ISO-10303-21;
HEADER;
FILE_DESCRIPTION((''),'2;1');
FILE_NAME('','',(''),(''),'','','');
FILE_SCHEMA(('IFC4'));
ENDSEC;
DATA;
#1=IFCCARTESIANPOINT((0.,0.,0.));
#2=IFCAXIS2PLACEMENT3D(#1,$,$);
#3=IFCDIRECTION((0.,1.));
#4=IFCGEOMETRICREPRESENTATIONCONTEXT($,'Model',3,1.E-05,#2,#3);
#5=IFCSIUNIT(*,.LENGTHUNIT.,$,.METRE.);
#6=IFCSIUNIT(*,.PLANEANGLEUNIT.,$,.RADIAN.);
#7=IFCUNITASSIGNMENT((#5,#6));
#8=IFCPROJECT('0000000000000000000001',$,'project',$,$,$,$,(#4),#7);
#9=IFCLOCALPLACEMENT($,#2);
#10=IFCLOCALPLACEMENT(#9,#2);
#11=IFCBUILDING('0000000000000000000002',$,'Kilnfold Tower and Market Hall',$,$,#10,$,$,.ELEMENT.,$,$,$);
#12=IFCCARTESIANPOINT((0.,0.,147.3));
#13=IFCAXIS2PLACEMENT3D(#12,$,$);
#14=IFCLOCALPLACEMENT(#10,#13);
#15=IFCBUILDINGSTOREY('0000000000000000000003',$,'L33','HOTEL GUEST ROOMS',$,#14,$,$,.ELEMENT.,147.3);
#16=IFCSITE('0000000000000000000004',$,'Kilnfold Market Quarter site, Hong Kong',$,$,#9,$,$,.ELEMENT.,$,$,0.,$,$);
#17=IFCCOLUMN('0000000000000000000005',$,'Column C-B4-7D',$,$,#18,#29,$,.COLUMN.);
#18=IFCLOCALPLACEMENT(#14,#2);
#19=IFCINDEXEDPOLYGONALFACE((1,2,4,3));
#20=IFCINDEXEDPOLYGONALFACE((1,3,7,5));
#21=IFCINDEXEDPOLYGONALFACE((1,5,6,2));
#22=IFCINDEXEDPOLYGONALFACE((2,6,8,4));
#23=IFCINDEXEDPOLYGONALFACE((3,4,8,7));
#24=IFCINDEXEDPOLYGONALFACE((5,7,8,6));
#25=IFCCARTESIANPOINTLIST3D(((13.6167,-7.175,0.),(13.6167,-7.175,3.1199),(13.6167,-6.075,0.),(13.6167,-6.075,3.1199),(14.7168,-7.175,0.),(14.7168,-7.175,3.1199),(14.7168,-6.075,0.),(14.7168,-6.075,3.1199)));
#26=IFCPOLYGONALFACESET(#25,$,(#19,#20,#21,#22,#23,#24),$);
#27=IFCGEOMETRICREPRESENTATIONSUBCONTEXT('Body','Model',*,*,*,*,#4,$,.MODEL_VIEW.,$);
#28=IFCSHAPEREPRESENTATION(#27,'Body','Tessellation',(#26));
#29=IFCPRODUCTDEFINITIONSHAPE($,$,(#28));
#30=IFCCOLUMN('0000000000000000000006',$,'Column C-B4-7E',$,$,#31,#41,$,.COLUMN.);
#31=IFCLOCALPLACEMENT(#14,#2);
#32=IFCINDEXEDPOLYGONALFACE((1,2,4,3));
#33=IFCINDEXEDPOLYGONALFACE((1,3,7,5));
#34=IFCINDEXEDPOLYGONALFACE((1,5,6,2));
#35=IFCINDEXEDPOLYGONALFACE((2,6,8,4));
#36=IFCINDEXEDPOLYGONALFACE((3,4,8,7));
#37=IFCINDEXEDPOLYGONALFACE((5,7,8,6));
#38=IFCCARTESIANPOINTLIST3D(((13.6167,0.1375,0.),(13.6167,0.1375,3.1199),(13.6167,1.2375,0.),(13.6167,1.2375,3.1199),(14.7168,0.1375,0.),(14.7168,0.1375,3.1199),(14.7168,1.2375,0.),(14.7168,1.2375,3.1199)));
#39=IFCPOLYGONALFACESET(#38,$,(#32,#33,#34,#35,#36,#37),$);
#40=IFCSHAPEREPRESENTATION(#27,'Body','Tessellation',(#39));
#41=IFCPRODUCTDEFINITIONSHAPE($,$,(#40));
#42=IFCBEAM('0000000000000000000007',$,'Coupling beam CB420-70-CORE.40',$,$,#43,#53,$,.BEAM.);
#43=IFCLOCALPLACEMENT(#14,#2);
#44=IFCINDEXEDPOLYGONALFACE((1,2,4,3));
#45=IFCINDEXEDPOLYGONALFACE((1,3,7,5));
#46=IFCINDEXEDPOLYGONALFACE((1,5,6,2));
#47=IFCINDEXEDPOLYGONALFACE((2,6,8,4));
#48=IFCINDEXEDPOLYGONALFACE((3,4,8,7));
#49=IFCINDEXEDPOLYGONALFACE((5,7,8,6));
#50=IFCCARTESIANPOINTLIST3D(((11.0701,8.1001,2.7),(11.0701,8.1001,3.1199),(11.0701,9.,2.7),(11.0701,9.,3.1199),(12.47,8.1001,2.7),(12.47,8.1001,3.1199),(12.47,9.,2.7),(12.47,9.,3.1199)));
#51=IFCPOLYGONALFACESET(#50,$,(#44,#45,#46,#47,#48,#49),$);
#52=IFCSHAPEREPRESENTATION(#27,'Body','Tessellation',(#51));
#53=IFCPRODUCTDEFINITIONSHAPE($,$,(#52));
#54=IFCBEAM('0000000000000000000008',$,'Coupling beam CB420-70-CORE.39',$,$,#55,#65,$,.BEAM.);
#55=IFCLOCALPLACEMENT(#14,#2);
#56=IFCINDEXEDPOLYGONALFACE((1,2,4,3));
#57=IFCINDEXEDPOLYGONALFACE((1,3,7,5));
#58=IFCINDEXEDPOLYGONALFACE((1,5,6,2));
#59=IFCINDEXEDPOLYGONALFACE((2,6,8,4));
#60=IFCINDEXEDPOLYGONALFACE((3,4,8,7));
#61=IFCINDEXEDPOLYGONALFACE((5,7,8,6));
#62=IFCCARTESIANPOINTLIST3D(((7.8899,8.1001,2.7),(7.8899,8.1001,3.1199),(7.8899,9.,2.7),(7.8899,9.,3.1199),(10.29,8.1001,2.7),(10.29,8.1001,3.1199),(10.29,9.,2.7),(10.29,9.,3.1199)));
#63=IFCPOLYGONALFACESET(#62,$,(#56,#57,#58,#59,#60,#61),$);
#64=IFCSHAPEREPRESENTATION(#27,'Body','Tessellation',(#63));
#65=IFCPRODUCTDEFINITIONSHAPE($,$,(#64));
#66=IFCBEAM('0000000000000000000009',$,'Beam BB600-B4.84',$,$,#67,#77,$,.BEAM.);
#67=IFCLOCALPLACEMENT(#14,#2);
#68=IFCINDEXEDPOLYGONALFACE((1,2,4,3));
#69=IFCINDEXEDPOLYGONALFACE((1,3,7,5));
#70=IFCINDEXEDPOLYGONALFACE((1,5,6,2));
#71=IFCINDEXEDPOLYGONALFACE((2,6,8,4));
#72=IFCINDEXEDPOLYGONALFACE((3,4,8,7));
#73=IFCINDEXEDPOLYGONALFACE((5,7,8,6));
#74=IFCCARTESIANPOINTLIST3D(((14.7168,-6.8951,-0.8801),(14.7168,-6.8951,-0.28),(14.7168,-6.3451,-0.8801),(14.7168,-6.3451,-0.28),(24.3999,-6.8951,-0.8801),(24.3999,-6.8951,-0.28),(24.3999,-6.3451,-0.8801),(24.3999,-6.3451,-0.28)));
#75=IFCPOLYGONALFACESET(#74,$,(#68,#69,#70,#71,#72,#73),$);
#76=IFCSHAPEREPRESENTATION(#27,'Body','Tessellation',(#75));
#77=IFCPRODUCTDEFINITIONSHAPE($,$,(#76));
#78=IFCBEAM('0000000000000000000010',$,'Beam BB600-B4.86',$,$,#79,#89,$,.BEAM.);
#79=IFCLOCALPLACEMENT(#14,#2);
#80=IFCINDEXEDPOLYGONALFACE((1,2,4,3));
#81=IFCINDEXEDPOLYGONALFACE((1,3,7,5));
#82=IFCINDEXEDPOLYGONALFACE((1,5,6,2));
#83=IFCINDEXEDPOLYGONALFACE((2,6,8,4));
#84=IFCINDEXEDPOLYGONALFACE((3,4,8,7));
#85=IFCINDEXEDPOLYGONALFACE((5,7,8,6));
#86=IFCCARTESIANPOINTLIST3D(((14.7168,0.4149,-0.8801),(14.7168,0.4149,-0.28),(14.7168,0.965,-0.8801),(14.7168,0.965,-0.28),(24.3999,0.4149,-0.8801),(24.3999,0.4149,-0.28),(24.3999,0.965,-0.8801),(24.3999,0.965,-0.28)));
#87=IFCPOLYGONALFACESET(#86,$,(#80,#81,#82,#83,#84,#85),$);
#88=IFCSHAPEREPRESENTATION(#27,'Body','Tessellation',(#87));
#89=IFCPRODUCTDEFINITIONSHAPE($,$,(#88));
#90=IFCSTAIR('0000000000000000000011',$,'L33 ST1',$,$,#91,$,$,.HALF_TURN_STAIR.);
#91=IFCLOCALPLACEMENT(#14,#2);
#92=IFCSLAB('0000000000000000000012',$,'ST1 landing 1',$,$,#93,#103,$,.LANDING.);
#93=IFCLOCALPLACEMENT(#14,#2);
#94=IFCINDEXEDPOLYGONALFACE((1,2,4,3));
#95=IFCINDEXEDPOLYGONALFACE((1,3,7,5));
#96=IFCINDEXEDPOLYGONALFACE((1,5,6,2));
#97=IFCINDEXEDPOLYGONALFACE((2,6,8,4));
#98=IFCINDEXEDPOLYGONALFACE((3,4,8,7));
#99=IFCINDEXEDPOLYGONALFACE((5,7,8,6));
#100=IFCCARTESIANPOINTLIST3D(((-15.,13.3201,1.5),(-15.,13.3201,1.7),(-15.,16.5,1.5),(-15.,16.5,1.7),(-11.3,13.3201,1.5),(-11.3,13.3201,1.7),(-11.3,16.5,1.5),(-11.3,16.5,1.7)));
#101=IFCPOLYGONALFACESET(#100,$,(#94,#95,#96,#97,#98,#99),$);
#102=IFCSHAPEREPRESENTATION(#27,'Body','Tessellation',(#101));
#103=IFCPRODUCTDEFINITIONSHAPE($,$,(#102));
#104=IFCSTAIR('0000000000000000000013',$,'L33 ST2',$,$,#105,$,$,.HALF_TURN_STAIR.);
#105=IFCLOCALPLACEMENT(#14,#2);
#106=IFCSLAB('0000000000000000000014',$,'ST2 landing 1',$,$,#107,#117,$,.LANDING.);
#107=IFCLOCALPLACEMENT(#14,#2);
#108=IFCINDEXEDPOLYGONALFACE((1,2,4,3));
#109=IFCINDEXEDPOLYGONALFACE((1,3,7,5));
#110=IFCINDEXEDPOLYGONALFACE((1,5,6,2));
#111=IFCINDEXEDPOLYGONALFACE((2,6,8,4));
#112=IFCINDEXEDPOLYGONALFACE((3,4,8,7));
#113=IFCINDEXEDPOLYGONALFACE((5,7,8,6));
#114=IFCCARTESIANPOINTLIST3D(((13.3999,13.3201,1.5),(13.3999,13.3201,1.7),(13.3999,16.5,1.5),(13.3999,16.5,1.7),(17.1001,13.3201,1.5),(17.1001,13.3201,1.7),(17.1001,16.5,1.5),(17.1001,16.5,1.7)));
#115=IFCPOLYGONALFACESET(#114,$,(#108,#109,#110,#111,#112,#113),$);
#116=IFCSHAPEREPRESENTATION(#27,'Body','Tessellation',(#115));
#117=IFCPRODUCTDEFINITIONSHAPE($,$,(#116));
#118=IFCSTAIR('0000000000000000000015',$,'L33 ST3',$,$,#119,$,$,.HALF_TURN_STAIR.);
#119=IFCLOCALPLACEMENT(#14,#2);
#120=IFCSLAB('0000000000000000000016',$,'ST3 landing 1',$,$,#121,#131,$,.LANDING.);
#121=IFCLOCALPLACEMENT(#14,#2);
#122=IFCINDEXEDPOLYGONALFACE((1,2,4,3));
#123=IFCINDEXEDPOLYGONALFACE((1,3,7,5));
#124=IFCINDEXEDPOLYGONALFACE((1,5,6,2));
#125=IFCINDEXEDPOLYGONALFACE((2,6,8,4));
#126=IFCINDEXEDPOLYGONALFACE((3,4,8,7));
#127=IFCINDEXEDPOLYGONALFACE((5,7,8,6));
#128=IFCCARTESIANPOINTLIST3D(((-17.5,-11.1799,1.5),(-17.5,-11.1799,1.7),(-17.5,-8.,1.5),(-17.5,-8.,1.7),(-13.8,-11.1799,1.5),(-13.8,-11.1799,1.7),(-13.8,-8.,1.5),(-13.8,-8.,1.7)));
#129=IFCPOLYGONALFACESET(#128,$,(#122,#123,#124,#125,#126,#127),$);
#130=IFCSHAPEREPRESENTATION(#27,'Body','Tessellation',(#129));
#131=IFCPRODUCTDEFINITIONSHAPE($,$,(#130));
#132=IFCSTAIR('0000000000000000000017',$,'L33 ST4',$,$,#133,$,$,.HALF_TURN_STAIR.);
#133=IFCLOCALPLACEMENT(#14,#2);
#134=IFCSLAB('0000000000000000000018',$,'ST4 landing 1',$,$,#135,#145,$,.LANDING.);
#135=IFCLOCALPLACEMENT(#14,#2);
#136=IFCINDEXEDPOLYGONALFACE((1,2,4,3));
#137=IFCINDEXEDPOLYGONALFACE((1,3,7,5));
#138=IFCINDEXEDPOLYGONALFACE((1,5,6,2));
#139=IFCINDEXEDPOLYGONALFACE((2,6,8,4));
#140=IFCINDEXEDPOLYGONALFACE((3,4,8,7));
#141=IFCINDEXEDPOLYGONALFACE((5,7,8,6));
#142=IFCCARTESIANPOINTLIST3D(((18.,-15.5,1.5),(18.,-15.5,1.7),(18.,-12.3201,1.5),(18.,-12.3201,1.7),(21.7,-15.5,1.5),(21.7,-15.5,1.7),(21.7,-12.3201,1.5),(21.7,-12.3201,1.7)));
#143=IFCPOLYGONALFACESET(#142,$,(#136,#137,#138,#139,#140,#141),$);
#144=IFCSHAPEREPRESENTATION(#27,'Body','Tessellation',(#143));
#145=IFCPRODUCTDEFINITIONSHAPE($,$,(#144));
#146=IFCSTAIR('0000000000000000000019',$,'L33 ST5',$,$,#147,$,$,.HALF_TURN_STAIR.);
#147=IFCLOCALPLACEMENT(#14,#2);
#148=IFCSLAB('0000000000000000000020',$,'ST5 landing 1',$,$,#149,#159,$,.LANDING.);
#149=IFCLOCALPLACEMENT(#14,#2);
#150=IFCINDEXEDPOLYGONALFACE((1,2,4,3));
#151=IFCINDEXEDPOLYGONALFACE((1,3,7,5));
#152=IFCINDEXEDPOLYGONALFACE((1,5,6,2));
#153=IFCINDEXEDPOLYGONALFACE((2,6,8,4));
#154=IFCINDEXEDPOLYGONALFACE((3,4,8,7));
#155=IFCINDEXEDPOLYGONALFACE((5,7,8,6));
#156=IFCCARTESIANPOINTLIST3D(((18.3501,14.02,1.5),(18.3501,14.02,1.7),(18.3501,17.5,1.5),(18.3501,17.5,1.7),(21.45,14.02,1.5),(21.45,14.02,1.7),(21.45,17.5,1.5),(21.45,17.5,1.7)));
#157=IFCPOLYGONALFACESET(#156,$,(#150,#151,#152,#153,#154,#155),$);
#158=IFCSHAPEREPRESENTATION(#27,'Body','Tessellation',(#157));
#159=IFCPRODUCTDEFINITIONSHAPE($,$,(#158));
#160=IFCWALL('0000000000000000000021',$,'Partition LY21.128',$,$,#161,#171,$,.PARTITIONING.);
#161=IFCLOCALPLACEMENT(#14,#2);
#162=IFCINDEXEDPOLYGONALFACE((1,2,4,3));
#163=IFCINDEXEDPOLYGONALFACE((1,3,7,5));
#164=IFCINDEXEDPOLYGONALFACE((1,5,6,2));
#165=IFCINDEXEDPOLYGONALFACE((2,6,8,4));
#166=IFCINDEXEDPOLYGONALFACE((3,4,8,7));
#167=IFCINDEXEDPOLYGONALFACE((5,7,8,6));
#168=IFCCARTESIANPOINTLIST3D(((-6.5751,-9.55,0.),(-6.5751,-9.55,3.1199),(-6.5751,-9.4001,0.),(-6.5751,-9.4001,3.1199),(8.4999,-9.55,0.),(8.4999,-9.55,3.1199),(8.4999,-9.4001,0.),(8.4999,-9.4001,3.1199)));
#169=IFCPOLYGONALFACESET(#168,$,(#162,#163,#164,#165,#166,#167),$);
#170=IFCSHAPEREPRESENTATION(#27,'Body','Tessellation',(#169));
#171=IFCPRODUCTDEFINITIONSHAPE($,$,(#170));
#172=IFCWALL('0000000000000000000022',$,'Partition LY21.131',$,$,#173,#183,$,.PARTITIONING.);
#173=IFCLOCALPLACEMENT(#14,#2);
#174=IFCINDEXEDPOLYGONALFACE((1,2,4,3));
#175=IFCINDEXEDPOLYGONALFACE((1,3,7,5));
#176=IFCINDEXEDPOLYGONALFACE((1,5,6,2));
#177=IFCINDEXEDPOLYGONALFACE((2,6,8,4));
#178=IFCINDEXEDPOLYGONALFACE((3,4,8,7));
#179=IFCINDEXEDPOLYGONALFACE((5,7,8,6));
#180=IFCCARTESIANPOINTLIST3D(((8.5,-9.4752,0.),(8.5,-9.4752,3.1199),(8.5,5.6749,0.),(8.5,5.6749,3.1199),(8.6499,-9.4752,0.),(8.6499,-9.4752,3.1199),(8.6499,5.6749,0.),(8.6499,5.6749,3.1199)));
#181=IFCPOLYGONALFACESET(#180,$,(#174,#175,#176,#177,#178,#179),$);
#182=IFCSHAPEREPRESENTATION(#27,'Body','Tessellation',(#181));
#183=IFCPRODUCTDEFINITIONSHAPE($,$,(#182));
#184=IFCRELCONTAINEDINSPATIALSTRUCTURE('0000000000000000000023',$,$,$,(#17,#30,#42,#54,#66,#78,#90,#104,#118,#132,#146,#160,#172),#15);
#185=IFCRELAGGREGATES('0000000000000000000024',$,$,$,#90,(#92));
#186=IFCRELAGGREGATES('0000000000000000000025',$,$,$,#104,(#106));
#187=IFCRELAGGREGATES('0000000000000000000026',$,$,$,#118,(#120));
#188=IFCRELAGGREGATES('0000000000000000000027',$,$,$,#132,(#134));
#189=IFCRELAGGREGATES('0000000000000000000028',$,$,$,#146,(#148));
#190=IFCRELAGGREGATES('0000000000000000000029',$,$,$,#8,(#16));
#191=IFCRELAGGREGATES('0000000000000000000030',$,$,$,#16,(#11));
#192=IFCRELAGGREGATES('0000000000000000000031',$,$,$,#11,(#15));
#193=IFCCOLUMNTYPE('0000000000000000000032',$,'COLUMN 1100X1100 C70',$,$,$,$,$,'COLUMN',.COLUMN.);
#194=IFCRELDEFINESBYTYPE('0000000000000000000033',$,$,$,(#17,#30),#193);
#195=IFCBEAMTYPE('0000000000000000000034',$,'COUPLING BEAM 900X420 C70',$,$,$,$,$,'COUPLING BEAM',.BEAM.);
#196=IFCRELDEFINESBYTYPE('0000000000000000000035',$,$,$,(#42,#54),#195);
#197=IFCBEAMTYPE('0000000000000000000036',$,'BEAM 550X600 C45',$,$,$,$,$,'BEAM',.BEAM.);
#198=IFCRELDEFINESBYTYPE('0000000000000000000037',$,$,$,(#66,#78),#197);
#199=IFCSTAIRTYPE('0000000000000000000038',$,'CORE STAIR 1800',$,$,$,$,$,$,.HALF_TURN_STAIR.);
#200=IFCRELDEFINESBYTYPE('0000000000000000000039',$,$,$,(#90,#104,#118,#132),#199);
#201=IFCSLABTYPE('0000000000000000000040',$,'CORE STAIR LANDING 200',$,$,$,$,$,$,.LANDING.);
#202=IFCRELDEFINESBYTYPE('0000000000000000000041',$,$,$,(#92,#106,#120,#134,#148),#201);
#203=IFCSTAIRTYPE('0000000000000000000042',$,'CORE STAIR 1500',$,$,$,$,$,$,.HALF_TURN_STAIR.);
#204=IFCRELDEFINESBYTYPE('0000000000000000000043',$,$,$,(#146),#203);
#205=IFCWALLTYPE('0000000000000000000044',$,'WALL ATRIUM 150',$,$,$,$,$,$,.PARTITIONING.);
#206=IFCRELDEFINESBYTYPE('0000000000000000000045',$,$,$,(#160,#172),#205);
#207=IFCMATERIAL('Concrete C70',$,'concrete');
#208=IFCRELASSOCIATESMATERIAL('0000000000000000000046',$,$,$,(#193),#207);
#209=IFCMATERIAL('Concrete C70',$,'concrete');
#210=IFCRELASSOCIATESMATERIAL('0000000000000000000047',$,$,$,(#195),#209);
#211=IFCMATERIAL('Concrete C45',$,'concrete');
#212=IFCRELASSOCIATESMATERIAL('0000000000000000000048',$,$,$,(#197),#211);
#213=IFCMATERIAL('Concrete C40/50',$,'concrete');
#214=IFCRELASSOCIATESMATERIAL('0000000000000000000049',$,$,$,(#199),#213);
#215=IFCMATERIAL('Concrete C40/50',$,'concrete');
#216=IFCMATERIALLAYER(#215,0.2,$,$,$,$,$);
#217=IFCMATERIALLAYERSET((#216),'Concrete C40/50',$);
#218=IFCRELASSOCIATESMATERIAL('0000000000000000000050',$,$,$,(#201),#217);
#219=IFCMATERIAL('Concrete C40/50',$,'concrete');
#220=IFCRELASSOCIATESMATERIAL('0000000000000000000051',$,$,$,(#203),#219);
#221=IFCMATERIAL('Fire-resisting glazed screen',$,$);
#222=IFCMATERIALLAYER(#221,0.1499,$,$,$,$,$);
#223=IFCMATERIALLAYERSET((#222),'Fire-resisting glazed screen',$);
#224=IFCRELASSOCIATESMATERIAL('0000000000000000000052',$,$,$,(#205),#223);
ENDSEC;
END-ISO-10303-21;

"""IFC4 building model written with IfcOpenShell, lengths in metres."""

from ifc_helpers import new_model, si_unit, direction, frame, frame_2d, origin, origin_2d, place, context, subcontext, project, spatial, polyline, rectangle, outline, extrude, source, transform, mapped, material, layer, layer_set, material_profile, profile_set, type_object, element, aggregate, save


model = new_model("IFC4")

# Units and contexts
model_context = context("Model", 3, precision=1e-05, world=origin(), true_north=direction((0.0, 1.0)))
body_context = subcontext(model_context, "Body", "Model", "MODEL_VIEW")
ifc_project = project(units=[si_unit("LENGTHUNIT", "METRE"), si_unit("PLANEANGLEUNIT", "RADIAN")], contexts=[model_context])

# Site, building, storey
site_placement = place(None, origin())
site = spatial("IfcSite", under=ifc_project, at=site_placement, Name="Kilnfold Market Quarter site, Hong Kong", CompositionType="ELEMENT", RefElevation=0.0)
building_placement = place(site_placement, origin())
building = spatial("IfcBuilding", under=site, at=building_placement, Name="Kilnfold Tower and Market Hall", CompositionType="ELEMENT")
storey_placement = place(building_placement, frame((0.0, 0.0, 147.3)))
storey = spatial("IfcBuildingStorey", under=building, at=storey_placement, Name="L33", Description="HOTEL GUEST ROOMS", CompositionType="ELEMENT", Elevation=147.3)

# Columns
ifc_material_1 = material(Name="Concrete C70", Category="concrete")
ifc_material_profile_1 = material_profile(ifc_material_1, rectangle(XDim=1.1001, YDim=1.1001, at=origin_2d()), Name="RC 1100x1100")
ifc_profile_set_1 = profile_set([ifc_material_profile_1], Name="Concrete C70")
column_type = type_object("IfcColumnType", Name="COLUMN 1100X1100 C70", ElementType="COLUMN", PredefinedType="COLUMN", material=ifc_profile_set_1)
shared_shape_1 = source(origin(), body_context, "Body", "SweptSolid", [
    extrude(rectangle(XDim=1.1001, YDim=1.1001, at=origin_2d()), origin(), (0.0, 0.0, 1.0), 3.1199),
])
for number, where, z_axis, x_axis, name in (
    (1, (14.1667, -6.625, 0.0), (0.0, 0.0, 1.0), (1.0, 0.0, 0.0), "Column C-B4-7D"),
    (2, (14.1667, 0.6875, 0.0), (0.0, 0.0, 1.0), (1.0, 0.0, 0.0), "Column C-B4-7E"),
):
    element("IfcColumn", number, at=place(storey_placement, frame(where, z_axis=z_axis, x_axis=x_axis)), inside=storey, type_object=column_type, Name=name, PredefinedType="COLUMN", context=body_context, shape_type="MappedRepresentation", body=[
        mapped(shared_shape_1, transform((0.0, 0.0, 0.0))),
    ])

# Beams
ifc_material_2 = material(Name="Concrete C70", Category="concrete")
ifc_material_profile_2 = material_profile(ifc_material_2, rectangle(XDim=0.8999, YDim=0.4199, at=origin_2d()), Name="RC 900x420")
ifc_profile_set_2 = profile_set([ifc_material_profile_2], Name="Concrete C70")
beam_type_1 = type_object("IfcBeamType", Name="COUPLING BEAM 900X420 C70", ElementType="COUPLING BEAM", PredefinedType="BEAM", material=ifc_profile_set_2)
shared_shape_2 = source(origin(), body_context, "Body", "SweptSolid", [
    extrude(rectangle(XDim=0.8999, YDim=0.4199, at=origin_2d()), origin(), (0.0, 0.0, 1.0), 1.3999),
])
beam_1_placement = place(storey_placement, frame((11.0701, 8.55, 2.9099), z_axis=(1.0, 0.0, 0.0), x_axis=(0.0, 1.0, 0.0)))
element("IfcBeam", 3, at=beam_1_placement, inside=storey, type_object=beam_type_1, Name="Coupling beam CB420-70-CORE.40", PredefinedType="BEAM", context=body_context, shape_type="MappedRepresentation", body=[
    mapped(shared_shape_2, transform((0.0, 0.0, 0.0))),
])
shared_shape_3 = source(origin(), body_context, "Body", "SweptSolid", [
    extrude(rectangle(XDim=0.8999, YDim=0.4199, at=origin_2d()), origin(), (0.0, 0.0, 1.0), 2.4001),
])
beam_2_placement = place(storey_placement, frame((7.8899, 8.55, 2.9099), z_axis=(1.0, 0.0, 0.0), x_axis=(0.0, 1.0, 0.0)))
element("IfcBeam", 4, at=beam_2_placement, inside=storey, type_object=beam_type_1, Name="Coupling beam CB420-70-CORE.39", PredefinedType="BEAM", context=body_context, shape_type="MappedRepresentation", body=[
    mapped(shared_shape_3, transform((0.0, 0.0, 0.0))),
])
ifc_material_3 = material(Name="Concrete C45", Category="concrete")
ifc_material_profile_3 = material_profile(ifc_material_3, rectangle(XDim=0.55, YDim=0.6001, at=origin_2d()), Name="RC 550x600")
ifc_profile_set_3 = profile_set([ifc_material_profile_3], Name="Concrete C45")
beam_type_2 = type_object("IfcBeamType", Name="BEAM 550X600 C45", ElementType="BEAM", PredefinedType="BEAM", material=ifc_profile_set_3)
shared_shape_4 = source(origin(), body_context, "Body", "SweptSolid", [
    extrude(rectangle(XDim=0.55, YDim=0.6001, at=origin_2d()), origin(), (0.0, 0.0, 1.0), 9.6831),
])
for number, where, z_axis, x_axis, name in (
    (5, (14.7168, -6.6201, -0.5801), (1.0, 0.0, 0.0), (0.0, 1.0, 0.0), "Beam BB600-B4.84"),
    (6, (14.7168, 0.6899, -0.5801), (1.0, 0.0, 0.0), (0.0, 1.0, 0.0), "Beam BB600-B4.86"),
):
    element("IfcBeam", number, at=place(storey_placement, frame(where, z_axis=z_axis, x_axis=x_axis)), inside=storey, type_object=beam_type_2, Name=name, PredefinedType="BEAM", context=body_context, shape_type="MappedRepresentation", body=[
        mapped(shared_shape_4, transform((0.0, 0.0, 0.0))),
    ])

# Stairs, slabs
ifc_material_4 = material(Name="Concrete C40/50", Category="concrete")
stair_type_1 = type_object("IfcStairType", Name="CORE STAIR 1800", PredefinedType="HALF_TURN_STAIR", material=ifc_material_4)
stair_1_placement = place(storey_placement, origin())
stair_1 = element("IfcStair", 7, at=stair_1_placement, inside=storey, type_object=stair_type_1, Name="L33 ST1", PredefinedType="HALF_TURN_STAIR")
ifc_material_5 = material(Name="Concrete C40/50", Category="concrete")
ifc_layer_1 = layer(ifc_material_5, 0.2)
ifc_layer_set_1 = layer_set([ifc_layer_1], Name="Concrete C40/50")
slab_type = type_object("IfcSlabType", Name="CORE STAIR LANDING 200", PredefinedType="LANDING", material=ifc_layer_set_1)
shared_shape_5 = source(origin(), body_context, "Body", "SweptSolid", [
    extrude(outline(polyline([(-11.3, 13.3201), (-11.3, 16.5), (-15.0, 16.5), (-15.0, 13.3201), (-11.3, 13.3201)])), origin(), (0.0, 0.0, 1.0), 0.2),
])
slab_1_placement = place(storey_placement, frame((0.0, 0.0, 1.5)))
slab_1 = element("IfcSlab", 8, at=slab_1_placement, type_object=slab_type, Name="ST1 landing 1", PredefinedType="LANDING", context=body_context, shape_type="MappedRepresentation", body=[
    mapped(shared_shape_5, transform((0.0, 0.0, 0.0))),
])
aggregate(stair_1, [slab_1])
stair_2_placement = place(storey_placement, origin())
stair_2 = element("IfcStair", 9, at=stair_2_placement, inside=storey, type_object=stair_type_1, Name="L33 ST2", PredefinedType="HALF_TURN_STAIR")
shared_shape_6 = source(origin(), body_context, "Body", "SweptSolid", [
    extrude(outline(polyline([(17.1001, 13.3201), (17.1001, 16.5), (13.3999, 16.5), (13.3999, 13.3201), (17.1001, 13.3201)])), origin(), (0.0, 0.0, 1.0), 0.2),
])
slab_2_placement = place(storey_placement, frame((0.0, 0.0, 1.5)))
slab_2 = element("IfcSlab", 10, at=slab_2_placement, type_object=slab_type, Name="ST2 landing 1", PredefinedType="LANDING", context=body_context, shape_type="MappedRepresentation", body=[
    mapped(shared_shape_6, transform((0.0, 0.0, 0.0))),
])
aggregate(stair_2, [slab_2])
stair_3_placement = place(storey_placement, origin())
stair_3 = element("IfcStair", 11, at=stair_3_placement, inside=storey, type_object=stair_type_1, Name="L33 ST3", PredefinedType="HALF_TURN_STAIR")
shared_shape_7 = source(origin(), body_context, "Body", "SweptSolid", [
    extrude(outline(polyline([(-13.8, -11.1799), (-13.8, -8.0), (-17.5, -8.0), (-17.5, -11.1799), (-13.8, -11.1799)])), origin(), (0.0, 0.0, 1.0), 0.2),
])
slab_3_placement = place(storey_placement, frame((0.0, 0.0, 1.5)))
slab_3 = element("IfcSlab", 12, at=slab_3_placement, type_object=slab_type, Name="ST3 landing 1", PredefinedType="LANDING", context=body_context, shape_type="MappedRepresentation", body=[
    mapped(shared_shape_7, transform((0.0, 0.0, 0.0))),
])
aggregate(stair_3, [slab_3])
stair_4_placement = place(storey_placement, origin())
stair_4 = element("IfcStair", 13, at=stair_4_placement, inside=storey, type_object=stair_type_1, Name="L33 ST4", PredefinedType="HALF_TURN_STAIR")
shared_shape_8 = source(origin(), body_context, "Body", "SweptSolid", [
    extrude(outline(polyline([(18.0, -12.3201), (18.0, -15.5), (21.7, -15.5), (21.7, -12.3201), (18.0, -12.3201)])), origin(), (0.0, 0.0, 1.0), 0.2),
])
slab_4_placement = place(storey_placement, frame((0.0, 0.0, 1.5)))
slab_4 = element("IfcSlab", 14, at=slab_4_placement, type_object=slab_type, Name="ST4 landing 1", PredefinedType="LANDING", context=body_context, shape_type="MappedRepresentation", body=[
    mapped(shared_shape_8, transform((0.0, 0.0, 0.0))),
])
aggregate(stair_4, [slab_4])
ifc_material_6 = material(Name="Concrete C40/50", Category="concrete")
stair_type_2 = type_object("IfcStairType", Name="CORE STAIR 1500", PredefinedType="HALF_TURN_STAIR", material=ifc_material_6)
stair_5_placement = place(storey_placement, origin())
stair_5 = element("IfcStair", 15, at=stair_5_placement, inside=storey, type_object=stair_type_2, Name="L33 ST5", PredefinedType="HALF_TURN_STAIR")
shared_shape_9 = source(origin(), body_context, "Body", "SweptSolid", [
    extrude(outline(polyline([(21.45, 14.02), (21.45, 17.5), (18.3501, 17.5), (18.3501, 14.02), (21.45, 14.02)])), origin(), (0.0, 0.0, 1.0), 0.2),
])
slab_5_placement = place(storey_placement, frame((0.0, 0.0, 1.5)))
slab_5 = element("IfcSlab", 16, at=slab_5_placement, type_object=slab_type, Name="ST5 landing 1", PredefinedType="LANDING", context=body_context, shape_type="MappedRepresentation", body=[
    mapped(shared_shape_9, transform((0.0, 0.0, 0.0))),
])
aggregate(stair_5, [slab_5])

# Walls
ifc_material_7 = material(Name="Fire-resisting glazed screen")
ifc_layer_2 = layer(ifc_material_7, 0.1499)
ifc_layer_set_2 = layer_set([ifc_layer_2], Name="Fire-resisting glazed screen")
wall_type_1 = type_object("IfcWallType", Name="WALL ATRIUM 150", PredefinedType="PARTITIONING", material=ifc_layer_set_2)
wall_1_placement = place(storey_placement, frame((8.5, -9.4751, 0.0), z_axis=(0.0, 0.0, 1.0), x_axis=(-1.0, 0.0, 0.0)))
element("IfcWall", 17, at=wall_1_placement, inside=storey, type_object=wall_type_1, Name="Partition LY21.128", PredefinedType="PARTITIONING", context=body_context, shape_type="SweptSolid", body=[
    extrude(rectangle(XDim=15.075, YDim=0.1499, at=frame_2d((7.5376, 0.0))), origin(), (0.0, 0.0, 1.0), 3.1199),
])
wall_2_placement = place(storey_placement, frame((8.575, 5.675, 0.0), z_axis=(0.0, 0.0, 1.0), x_axis=(0.0, -1.0, 0.0)))
element("IfcWall", 18, at=wall_2_placement, inside=storey, type_object=wall_type_1, Name="Partition LY21.131", PredefinedType="PARTITIONING", context=body_context, shape_type="SweptSolid", body=[
    extrude(rectangle(XDim=15.1501, YDim=0.1499, at=frame_2d((7.5752, 0.0))), origin(), (0.0, 0.0, 1.0), 3.1199),
])

save(model, "model.ifc")
